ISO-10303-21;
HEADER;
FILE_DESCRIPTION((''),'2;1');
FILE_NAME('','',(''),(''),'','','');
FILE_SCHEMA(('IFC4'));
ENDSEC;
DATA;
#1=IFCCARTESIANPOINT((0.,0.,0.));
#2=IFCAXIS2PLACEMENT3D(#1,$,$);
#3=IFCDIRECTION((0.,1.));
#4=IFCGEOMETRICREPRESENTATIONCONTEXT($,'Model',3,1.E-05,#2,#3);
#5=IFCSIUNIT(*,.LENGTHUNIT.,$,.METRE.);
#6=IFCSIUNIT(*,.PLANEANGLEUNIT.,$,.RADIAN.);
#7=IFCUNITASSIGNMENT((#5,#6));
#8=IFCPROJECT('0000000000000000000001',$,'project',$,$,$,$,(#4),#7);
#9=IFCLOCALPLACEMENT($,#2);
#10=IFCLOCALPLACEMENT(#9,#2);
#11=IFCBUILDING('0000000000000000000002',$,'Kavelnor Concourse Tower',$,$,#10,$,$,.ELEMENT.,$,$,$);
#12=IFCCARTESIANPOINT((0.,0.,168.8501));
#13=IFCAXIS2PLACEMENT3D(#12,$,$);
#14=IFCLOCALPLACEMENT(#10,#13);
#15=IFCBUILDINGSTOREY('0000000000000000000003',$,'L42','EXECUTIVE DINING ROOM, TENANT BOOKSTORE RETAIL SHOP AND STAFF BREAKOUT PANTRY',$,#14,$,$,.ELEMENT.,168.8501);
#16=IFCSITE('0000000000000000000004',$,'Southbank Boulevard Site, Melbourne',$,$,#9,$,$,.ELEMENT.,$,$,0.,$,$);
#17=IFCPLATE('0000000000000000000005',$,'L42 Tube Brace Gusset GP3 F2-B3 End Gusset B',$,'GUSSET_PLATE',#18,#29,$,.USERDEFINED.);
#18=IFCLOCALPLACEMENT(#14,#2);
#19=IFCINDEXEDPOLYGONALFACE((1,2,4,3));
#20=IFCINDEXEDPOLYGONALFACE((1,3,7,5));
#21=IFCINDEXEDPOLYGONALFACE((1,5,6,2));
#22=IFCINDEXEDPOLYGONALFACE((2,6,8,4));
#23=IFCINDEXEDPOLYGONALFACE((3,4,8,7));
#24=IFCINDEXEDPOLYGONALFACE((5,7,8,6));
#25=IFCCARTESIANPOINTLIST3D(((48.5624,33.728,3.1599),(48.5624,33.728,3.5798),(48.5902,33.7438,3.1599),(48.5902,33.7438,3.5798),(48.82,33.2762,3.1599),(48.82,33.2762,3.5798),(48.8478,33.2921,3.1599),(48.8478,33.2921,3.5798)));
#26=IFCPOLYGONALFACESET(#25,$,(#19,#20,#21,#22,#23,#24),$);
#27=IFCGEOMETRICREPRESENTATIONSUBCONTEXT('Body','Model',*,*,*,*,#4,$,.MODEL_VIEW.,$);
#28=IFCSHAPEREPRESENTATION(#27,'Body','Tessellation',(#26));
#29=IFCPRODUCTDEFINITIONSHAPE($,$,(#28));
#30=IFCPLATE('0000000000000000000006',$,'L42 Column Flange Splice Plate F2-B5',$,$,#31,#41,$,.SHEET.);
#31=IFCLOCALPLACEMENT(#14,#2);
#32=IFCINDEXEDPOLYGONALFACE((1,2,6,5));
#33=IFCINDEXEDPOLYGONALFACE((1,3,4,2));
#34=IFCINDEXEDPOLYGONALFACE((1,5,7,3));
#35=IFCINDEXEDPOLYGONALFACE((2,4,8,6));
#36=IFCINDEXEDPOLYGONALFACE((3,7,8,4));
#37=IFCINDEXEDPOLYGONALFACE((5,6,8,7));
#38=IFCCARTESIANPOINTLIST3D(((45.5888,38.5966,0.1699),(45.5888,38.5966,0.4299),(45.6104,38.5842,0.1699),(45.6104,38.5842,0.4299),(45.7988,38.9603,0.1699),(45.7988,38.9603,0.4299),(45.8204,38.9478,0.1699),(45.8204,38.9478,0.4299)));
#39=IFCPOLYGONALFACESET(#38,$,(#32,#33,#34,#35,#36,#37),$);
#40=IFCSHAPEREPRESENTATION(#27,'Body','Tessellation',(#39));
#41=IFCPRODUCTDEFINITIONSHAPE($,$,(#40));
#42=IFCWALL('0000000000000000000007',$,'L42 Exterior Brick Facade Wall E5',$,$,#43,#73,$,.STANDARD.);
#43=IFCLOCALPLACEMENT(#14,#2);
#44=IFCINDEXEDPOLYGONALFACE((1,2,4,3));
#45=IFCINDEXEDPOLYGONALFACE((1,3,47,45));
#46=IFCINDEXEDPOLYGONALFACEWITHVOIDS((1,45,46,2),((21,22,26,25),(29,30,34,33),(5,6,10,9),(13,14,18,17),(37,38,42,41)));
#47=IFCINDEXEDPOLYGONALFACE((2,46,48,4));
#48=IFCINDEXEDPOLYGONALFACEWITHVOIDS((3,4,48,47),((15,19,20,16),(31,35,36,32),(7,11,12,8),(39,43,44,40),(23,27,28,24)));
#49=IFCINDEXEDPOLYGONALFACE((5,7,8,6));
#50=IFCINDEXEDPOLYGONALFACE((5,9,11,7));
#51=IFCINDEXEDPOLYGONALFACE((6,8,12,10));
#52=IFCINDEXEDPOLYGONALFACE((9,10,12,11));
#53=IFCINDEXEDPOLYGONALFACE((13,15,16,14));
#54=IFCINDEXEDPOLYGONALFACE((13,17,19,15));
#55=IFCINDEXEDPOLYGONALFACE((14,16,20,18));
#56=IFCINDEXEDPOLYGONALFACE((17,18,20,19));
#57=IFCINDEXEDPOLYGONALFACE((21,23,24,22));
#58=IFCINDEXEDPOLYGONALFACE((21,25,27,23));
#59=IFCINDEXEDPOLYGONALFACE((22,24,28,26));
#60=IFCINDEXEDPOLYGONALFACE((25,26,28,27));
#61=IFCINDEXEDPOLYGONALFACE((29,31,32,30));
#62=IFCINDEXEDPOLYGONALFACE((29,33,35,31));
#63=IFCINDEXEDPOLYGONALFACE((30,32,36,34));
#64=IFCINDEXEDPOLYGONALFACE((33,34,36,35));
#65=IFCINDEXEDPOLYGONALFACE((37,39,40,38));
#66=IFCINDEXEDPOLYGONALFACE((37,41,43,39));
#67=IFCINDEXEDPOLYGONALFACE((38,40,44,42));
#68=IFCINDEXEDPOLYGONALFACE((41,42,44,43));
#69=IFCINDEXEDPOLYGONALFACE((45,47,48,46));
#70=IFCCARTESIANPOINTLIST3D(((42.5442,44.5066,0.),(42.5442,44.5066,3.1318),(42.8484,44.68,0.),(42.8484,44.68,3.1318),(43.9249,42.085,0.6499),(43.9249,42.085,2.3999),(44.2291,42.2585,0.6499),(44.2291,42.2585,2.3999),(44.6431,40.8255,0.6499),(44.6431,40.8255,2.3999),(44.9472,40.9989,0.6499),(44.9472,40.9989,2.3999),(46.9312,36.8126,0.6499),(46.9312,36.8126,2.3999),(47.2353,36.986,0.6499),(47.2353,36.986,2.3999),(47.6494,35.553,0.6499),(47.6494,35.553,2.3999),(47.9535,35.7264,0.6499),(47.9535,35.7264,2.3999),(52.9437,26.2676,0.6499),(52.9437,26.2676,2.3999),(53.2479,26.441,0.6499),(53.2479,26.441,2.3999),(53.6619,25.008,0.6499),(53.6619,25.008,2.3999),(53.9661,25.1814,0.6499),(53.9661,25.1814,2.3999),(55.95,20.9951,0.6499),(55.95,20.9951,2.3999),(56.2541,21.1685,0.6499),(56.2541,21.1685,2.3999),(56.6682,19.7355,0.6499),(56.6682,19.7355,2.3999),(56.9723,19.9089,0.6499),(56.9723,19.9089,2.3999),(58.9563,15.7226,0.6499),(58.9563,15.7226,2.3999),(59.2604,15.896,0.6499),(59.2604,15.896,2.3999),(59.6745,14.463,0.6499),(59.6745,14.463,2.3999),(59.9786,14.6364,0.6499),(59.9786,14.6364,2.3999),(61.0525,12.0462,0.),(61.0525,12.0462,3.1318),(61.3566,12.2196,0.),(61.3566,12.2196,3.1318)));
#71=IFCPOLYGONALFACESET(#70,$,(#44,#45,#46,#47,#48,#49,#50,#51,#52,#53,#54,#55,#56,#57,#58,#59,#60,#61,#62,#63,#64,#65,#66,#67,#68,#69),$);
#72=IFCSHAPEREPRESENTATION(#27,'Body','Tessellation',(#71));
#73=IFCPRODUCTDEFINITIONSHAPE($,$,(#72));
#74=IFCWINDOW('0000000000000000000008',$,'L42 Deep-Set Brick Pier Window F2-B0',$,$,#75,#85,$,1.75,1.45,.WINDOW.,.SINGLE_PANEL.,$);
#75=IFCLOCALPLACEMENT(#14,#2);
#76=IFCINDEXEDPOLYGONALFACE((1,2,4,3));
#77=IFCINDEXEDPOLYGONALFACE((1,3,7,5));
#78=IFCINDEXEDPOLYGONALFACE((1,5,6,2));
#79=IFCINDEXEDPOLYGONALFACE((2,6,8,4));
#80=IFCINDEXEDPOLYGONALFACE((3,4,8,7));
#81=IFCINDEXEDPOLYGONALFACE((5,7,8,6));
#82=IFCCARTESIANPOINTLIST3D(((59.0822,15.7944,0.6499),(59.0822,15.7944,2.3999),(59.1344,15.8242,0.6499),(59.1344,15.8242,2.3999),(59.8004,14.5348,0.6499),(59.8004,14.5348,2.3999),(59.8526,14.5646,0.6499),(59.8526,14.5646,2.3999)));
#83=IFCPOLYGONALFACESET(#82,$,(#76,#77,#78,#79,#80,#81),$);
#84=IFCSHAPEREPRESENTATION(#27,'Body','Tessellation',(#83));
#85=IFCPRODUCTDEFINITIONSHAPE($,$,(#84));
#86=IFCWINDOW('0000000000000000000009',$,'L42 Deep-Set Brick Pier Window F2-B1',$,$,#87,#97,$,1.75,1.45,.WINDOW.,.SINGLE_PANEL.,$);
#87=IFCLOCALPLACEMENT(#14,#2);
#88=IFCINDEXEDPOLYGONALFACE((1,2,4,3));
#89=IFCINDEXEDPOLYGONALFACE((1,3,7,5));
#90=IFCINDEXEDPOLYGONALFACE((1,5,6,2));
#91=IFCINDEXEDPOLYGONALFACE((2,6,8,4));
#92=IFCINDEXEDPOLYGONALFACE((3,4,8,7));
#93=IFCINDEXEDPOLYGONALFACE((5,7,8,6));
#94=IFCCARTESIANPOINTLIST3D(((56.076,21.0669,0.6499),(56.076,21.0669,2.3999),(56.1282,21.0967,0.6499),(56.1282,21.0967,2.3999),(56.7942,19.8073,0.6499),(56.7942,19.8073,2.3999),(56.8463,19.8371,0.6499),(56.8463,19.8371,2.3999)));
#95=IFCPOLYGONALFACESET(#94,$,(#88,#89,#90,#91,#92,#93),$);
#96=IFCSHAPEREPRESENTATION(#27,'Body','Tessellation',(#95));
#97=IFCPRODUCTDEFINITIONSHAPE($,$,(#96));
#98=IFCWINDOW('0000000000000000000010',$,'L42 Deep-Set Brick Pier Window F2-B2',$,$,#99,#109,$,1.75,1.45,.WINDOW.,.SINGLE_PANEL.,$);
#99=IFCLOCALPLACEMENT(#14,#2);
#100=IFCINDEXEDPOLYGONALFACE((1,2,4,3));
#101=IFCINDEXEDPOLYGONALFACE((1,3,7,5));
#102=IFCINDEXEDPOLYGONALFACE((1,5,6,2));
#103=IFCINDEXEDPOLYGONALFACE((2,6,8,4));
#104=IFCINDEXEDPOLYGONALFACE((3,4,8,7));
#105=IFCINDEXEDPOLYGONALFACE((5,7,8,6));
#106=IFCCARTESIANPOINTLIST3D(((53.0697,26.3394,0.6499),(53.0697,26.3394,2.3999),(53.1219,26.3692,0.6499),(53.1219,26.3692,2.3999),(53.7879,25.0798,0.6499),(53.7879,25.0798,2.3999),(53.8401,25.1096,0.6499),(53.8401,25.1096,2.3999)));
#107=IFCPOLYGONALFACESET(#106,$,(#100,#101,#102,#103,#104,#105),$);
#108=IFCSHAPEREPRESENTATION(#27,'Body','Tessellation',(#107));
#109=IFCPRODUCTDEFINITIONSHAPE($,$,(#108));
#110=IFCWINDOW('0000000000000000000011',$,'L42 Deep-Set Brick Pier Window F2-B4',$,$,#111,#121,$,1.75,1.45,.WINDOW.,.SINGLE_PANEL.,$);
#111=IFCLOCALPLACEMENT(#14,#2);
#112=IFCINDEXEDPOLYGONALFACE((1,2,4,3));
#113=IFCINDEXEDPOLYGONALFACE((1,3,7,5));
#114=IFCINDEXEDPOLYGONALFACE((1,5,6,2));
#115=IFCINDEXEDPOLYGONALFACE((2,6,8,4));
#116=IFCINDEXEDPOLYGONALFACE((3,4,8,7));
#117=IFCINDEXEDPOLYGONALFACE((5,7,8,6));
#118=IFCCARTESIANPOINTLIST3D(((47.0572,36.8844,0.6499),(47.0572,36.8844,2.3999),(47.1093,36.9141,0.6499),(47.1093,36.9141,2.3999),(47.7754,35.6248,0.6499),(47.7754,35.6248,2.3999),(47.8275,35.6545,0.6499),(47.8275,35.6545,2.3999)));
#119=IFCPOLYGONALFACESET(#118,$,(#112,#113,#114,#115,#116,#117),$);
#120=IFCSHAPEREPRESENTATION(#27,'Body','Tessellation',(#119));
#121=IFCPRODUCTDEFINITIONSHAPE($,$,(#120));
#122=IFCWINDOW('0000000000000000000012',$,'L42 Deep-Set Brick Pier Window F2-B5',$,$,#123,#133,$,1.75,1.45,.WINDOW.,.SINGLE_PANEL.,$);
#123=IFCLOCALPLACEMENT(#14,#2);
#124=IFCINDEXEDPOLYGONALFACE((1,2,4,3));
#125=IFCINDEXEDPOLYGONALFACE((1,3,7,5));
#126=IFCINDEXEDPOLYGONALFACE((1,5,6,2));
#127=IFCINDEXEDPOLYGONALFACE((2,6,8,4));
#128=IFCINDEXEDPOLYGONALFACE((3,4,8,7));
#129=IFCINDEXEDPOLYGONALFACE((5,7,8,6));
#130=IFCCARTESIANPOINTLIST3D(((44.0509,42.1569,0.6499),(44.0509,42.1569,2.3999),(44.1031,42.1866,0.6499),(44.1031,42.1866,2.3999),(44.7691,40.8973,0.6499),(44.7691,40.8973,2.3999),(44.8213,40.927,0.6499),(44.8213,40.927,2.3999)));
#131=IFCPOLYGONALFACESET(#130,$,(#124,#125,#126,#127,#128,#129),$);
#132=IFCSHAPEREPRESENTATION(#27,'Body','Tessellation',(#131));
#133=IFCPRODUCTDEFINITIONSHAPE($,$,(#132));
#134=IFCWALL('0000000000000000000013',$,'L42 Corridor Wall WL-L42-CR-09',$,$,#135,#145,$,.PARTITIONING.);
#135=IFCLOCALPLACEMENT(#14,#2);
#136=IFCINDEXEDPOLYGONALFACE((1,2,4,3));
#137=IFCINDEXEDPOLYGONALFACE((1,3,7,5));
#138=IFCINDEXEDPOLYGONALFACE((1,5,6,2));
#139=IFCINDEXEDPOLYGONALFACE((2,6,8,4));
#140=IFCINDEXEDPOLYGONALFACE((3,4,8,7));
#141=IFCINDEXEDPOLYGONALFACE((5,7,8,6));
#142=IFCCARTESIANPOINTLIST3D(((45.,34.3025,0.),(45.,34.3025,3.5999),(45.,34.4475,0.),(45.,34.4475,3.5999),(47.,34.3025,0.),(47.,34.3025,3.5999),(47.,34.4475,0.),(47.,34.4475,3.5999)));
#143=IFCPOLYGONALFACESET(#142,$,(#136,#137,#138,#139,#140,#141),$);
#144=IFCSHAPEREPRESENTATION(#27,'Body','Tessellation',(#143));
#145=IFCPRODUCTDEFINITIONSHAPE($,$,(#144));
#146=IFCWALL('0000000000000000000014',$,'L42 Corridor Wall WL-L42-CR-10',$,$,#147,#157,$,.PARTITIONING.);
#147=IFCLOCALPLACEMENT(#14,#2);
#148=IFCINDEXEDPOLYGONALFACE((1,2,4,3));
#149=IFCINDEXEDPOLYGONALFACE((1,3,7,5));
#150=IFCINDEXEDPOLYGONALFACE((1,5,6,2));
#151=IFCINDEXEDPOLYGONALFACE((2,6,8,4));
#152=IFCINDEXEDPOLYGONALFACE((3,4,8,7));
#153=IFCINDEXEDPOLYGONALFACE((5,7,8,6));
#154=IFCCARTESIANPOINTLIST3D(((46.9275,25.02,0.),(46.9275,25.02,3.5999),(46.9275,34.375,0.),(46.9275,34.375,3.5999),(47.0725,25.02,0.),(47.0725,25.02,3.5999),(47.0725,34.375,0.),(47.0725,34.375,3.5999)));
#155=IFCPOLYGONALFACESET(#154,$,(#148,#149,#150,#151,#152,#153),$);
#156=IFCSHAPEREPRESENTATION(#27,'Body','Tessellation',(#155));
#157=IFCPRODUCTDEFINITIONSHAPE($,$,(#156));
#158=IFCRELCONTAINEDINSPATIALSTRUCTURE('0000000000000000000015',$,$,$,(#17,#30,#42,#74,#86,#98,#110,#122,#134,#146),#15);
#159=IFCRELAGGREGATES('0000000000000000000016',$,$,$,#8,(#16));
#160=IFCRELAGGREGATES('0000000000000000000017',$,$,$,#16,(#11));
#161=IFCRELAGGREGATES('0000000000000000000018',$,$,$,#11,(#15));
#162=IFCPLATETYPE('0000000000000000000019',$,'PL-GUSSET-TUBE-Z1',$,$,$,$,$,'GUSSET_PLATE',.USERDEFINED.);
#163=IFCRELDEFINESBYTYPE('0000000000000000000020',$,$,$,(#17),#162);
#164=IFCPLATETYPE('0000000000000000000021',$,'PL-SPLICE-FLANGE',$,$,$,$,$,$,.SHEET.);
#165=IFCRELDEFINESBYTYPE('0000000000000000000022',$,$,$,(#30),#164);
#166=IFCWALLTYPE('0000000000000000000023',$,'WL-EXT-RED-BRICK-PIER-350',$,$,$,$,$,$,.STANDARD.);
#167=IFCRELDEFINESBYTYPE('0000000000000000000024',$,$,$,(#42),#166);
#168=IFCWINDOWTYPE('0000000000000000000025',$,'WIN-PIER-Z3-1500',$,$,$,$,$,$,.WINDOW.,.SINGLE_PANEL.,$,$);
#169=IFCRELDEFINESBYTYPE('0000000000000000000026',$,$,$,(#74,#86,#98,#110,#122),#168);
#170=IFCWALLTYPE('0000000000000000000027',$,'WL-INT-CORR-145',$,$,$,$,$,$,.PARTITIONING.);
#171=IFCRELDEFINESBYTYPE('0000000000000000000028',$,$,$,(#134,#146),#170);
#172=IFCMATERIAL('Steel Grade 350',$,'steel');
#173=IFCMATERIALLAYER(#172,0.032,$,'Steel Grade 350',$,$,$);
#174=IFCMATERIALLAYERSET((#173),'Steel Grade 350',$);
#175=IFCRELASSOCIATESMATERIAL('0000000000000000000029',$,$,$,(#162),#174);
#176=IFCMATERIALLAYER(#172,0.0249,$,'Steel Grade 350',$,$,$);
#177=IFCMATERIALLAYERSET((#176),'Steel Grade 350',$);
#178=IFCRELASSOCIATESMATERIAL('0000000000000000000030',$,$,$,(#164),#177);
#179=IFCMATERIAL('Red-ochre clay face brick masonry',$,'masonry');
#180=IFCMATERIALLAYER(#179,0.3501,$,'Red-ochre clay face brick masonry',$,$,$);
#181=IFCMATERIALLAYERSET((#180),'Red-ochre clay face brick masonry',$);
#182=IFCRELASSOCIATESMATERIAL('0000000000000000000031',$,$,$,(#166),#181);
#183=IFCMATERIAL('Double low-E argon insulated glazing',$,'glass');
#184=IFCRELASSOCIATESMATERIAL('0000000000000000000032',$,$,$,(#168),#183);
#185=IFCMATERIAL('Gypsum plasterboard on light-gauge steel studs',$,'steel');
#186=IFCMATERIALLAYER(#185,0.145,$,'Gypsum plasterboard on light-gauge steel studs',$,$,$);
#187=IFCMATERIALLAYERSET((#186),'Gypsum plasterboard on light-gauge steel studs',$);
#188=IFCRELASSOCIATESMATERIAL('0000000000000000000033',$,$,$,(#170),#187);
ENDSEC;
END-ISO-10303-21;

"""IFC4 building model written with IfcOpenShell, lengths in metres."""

from ifc_helpers import new_model, si_unit, direction, frame, frame_2d, origin, origin_2d, place, context, subcontext, project, spatial, rectangle, extrude, material, layer, layer_set, type_object, element, fill, save


model = new_model("IFC4")

# Units and contexts
model_context = context("Model", 3, precision=1e-05, world=origin(), true_north=direction((0.0, 1.0)))
body_context = subcontext(model_context, "Body", "Model", "MODEL_VIEW")
ifc_project = project(units=[si_unit("LENGTHUNIT", "METRE"), si_unit("PLANEANGLEUNIT", "RADIAN")], contexts=[model_context])

# Site, building, storey
site_placement = place(None, origin())
site = spatial("IfcSite", under=ifc_project, at=site_placement, Name="Southbank Boulevard Site, Melbourne", CompositionType="ELEMENT", RefElevation=0.0)
building_placement = place(site_placement, origin())
building = spatial("IfcBuilding", under=site, at=building_placement, Name="Kavelnor Concourse Tower", CompositionType="ELEMENT")
storey_placement = place(building_placement, frame((0.0, 0.0, 168.8501)))
storey = spatial("IfcBuildingStorey", under=building, at=storey_placement, Name="L42", Description="EXECUTIVE DINING ROOM, TENANT BOOKSTORE RETAIL SHOP AND STAFF BREAKOUT PANTRY", CompositionType="ELEMENT", Elevation=168.8501)

# Shared definitions
ifc_material_1 = material(Name="Steel Grade 350", Category="steel")

# Plates
ifc_layer_1 = layer(ifc_material_1, 0.032, Name="Steel Grade 350")
ifc_layer_set_1 = layer_set([ifc_layer_1], Name="Steel Grade 350")
plate_type_1 = type_object("IfcPlateType", Name="PL-GUSSET-TUBE-Z1", ElementType="GUSSET_PLATE", PredefinedType="USERDEFINED", material=ifc_layer_set_1)
plate_1_placement = place(storey_placement, frame((48.7051, 33.51, 3.1599), z_axis=(0.0, 0.0, 1.0), x_axis=(-0.495307, 0.868718, 0.0)))
element("IfcPlate", 1, at=plate_1_placement, inside=storey, type_object=plate_type_1, Name="L42 Tube Brace Gusset GP3 F2-B3 End Gusset B", ObjectType="GUSSET_PLATE", PredefinedType="USERDEFINED", context=body_context, shape_type="SweptSolid", body=[
    extrude(rectangle(XDim=0.52, YDim=0.032, at=origin_2d()), origin(), (0.0, 0.0, 1.0), 0.4199),
])
ifc_layer_2 = layer(ifc_material_1, 0.0249, Name="Steel Grade 350")
ifc_layer_set_2 = layer_set([ifc_layer_2], Name="Steel Grade 350")
plate_type_2 = type_object("IfcPlateType", Name="PL-SPLICE-FLANGE", PredefinedType="SHEET", material=ifc_layer_set_2)
plate_2_placement = place(storey_placement, frame((45.7046, 38.7722, 0.1699), z_axis=(0.0, 0.0, 1.0), x_axis=(-0.5, -0.866025, 0.0)))
element("IfcPlate", 2, at=plate_2_placement, inside=storey, type_object=plate_type_2, Name="L42 Column Flange Splice Plate F2-B5", PredefinedType="SHEET", context=body_context, shape_type="SweptSolid", body=[
    extrude(rectangle(XDim=0.4199, YDim=0.0249, at=origin_2d()), origin(), (0.0, 0.0, 1.0), 0.26),
])

# Wall, openings, windows
ifc_material_2 = material(Name="Red-ochre clay face brick masonry", Category="masonry")
ifc_layer_3 = layer(ifc_material_2, 0.3501, Name="Red-ochre clay face brick masonry")
ifc_layer_set_3 = layer_set([ifc_layer_3], Name="Red-ochre clay face brick masonry")
wall_type_1 = type_object("IfcWallType", Name="WL-EXT-RED-BRICK-PIER-350", PredefinedType="STANDARD", material=ifc_layer_set_3)
wall_1_placement = place(storey_placement, frame((42.6963, 44.5933, 0.0), z_axis=(0.0, 0.0, 1.0), x_axis=(0.495321, -0.86871, 0.0)))
wall_1 = element("IfcWall", 3, at=wall_1_placement, inside=storey, type_object=wall_type_1, Name="L42 Exterior Brick Facade Wall E5", PredefinedType="STANDARD", context=body_context, shape_type="SweptSolid", body=[
    extrude(rectangle(XDim=37.3662, YDim=0.3501, at=frame_2d((18.6831, 0.0))), origin(), (0.0, 0.0, 1.0), 3.1318),
])
opening_1_placement = place(wall_1_placement, frame((33.134, 0.0, 0.6499)))
opening_1 = element("IfcOpeningElement", 4, at=opening_1_placement, cuts=wall_1, PredefinedType="OPENING", context=body_context, shape_type="SweptSolid", body=[
    extrude(rectangle(XDim=1.45, YDim=1.75, at=frame_2d((0.7251, 0.875))), frame((0.0, 0.1851, 0.0), z_axis=(0.0, -1.0, 0.0), x_axis=(1.0, 0.0, 0.0)), (0.0, 0.0, 1.0), 0.3701),
])
opening_2_placement = place(wall_1_placement, frame((27.0647, 0.0, 0.6499)))
opening_2 = element("IfcOpeningElement", 5, at=opening_2_placement, cuts=wall_1, PredefinedType="OPENING", context=body_context, shape_type="SweptSolid", body=[
    extrude(rectangle(XDim=1.45, YDim=1.75, at=frame_2d((0.7251, 0.875))), frame((0.0, 0.1851, 0.0), z_axis=(0.0, -1.0, 0.0), x_axis=(1.0, 0.0, 0.0)), (0.0, 0.0, 1.0), 0.3701),
])
opening_3_placement = place(wall_1_placement, frame((20.9954, 0.0, 0.6499)))
opening_3 = element("IfcOpeningElement", 6, at=opening_3_placement, cuts=wall_1, PredefinedType="OPENING", context=body_context, shape_type="SweptSolid", body=[
    extrude(rectangle(XDim=1.45, YDim=1.75, at=frame_2d((0.7251, 0.875))), frame((0.0, 0.1851, 0.0), z_axis=(0.0, -1.0, 0.0), x_axis=(1.0, 0.0, 0.0)), (0.0, 0.0, 1.0), 0.3701),
])
opening_4_placement = place(wall_1_placement, frame((8.8567, 0.0, 0.6499)))
opening_4 = element("IfcOpeningElement", 7, at=opening_4_placement, cuts=wall_1, PredefinedType="OPENING", context=body_context, shape_type="SweptSolid", body=[
    extrude(rectangle(XDim=1.45, YDim=1.75, at=frame_2d((0.7251, 0.875))), frame((0.0, 0.1851, 0.0), z_axis=(0.0, -1.0, 0.0), x_axis=(1.0, 0.0, 0.0)), (0.0, 0.0, 1.0), 0.3701),
])
opening_5_placement = place(wall_1_placement, frame((2.7874, 0.0, 0.6499)))
opening_5 = element("IfcOpeningElement", 8, at=opening_5_placement, cuts=wall_1, PredefinedType="OPENING", context=body_context, shape_type="SweptSolid", body=[
    extrude(rectangle(XDim=1.45, YDim=1.75, at=frame_2d((0.7251, 0.875))), frame((0.0, 0.1851, 0.0), z_axis=(0.0, -1.0, 0.0), x_axis=(1.0, 0.0, 0.0)), (0.0, 0.0, 1.0), 0.3701),
])
ifc_material_3 = material(Name="Double low-E argon insulated glazing", Category="glass")
window_type = type_object("IfcWindowType", Name="WIN-PIER-Z3-1500", PartitioningType="SINGLE_PANEL", PredefinedType="WINDOW", material=ifc_material_3)
window_1_placement = place(opening_1_placement, origin())
window_1 = element("IfcWindow", 9, at=window_1_placement, inside=storey, type_object=window_type, Name="L42 Deep-Set Brick Pier Window F2-B0", OverallHeight=1.75, OverallWidth=1.45, PartitioningType="SINGLE_PANEL", PredefinedType="WINDOW", context=body_context, shape_type="SweptSolid", body=[
    extrude(rectangle(XDim=1.45, YDim=1.75, at=frame_2d((0.7251, 0.875))), frame((0.0, 0.03, 0.0), z_axis=(0.0, -1.0, 0.0), x_axis=(1.0, 0.0, 0.0)), (0.0, 0.0, 1.0), 0.0601),
])
fill(opening_1, window_1)
window_2_placement = place(opening_2_placement, origin())
window_2 = element("IfcWindow", 10, at=window_2_placement, inside=storey, type_object=window_type, Name="L42 Deep-Set Brick Pier Window F2-B1", OverallHeight=1.75, OverallWidth=1.45, PartitioningType="SINGLE_PANEL", PredefinedType="WINDOW", context=body_context, shape_type="SweptSolid", body=[
    extrude(rectangle(XDim=1.45, YDim=1.75, at=frame_2d((0.7251, 0.875))), frame((0.0, 0.03, 0.0), z_axis=(0.0, -1.0, 0.0), x_axis=(1.0, 0.0, 0.0)), (0.0, 0.0, 1.0), 0.0601),
])
fill(opening_2, window_2)
window_3_placement = place(opening_3_placement, origin())
window_3 = element("IfcWindow", 11, at=window_3_placement, inside=storey, type_object=window_type, Name="L42 Deep-Set Brick Pier Window F2-B2", OverallHeight=1.75, OverallWidth=1.45, PartitioningType="SINGLE_PANEL", PredefinedType="WINDOW", context=body_context, shape_type="SweptSolid", body=[
    extrude(rectangle(XDim=1.45, YDim=1.75, at=frame_2d((0.7251, 0.875))), frame((0.0, 0.03, 0.0), z_axis=(0.0, -1.0, 0.0), x_axis=(1.0, 0.0, 0.0)), (0.0, 0.0, 1.0), 0.0601),
])
fill(opening_3, window_3)
window_4_placement = place(opening_4_placement, origin())
window_4 = element("IfcWindow", 12, at=window_4_placement, inside=storey, type_object=window_type, Name="L42 Deep-Set Brick Pier Window F2-B4", OverallHeight=1.75, OverallWidth=1.45, PartitioningType="SINGLE_PANEL", PredefinedType="WINDOW", context=body_context, shape_type="SweptSolid", body=[
    extrude(rectangle(XDim=1.45, YDim=1.75, at=frame_2d((0.7251, 0.875))), frame((0.0, 0.03, 0.0), z_axis=(0.0, -1.0, 0.0), x_axis=(1.0, 0.0, 0.0)), (0.0, 0.0, 1.0), 0.0601),
])
fill(opening_4, window_4)
window_5_placement = place(opening_5_placement, origin())
window_5 = element("IfcWindow", 13, at=window_5_placement, inside=storey, type_object=window_type, Name="L42 Deep-Set Brick Pier Window F2-B5", OverallHeight=1.75, OverallWidth=1.45, PartitioningType="SINGLE_PANEL", PredefinedType="WINDOW", context=body_context, shape_type="SweptSolid", body=[
    extrude(rectangle(XDim=1.45, YDim=1.75, at=frame_2d((0.7251, 0.875))), frame((0.0, 0.03, 0.0), z_axis=(0.0, -1.0, 0.0), x_axis=(1.0, 0.0, 0.0)), (0.0, 0.0, 1.0), 0.0601),
])
fill(opening_5, window_5)

# Walls
ifc_material_4 = material(Name="Gypsum plasterboard on light-gauge steel studs", Category="steel")
ifc_layer_4 = layer(ifc_material_4, 0.145, Name="Gypsum plasterboard on light-gauge steel studs")
ifc_layer_set_4 = layer_set([ifc_layer_4], Name="Gypsum plasterboard on light-gauge steel studs")
wall_type_2 = type_object("IfcWallType", Name="WL-INT-CORR-145", PredefinedType="PARTITIONING", material=ifc_layer_set_4)
wall_2_placement = place(storey_placement, frame((45.0, 34.375, 0.0), z_axis=(0.0, 0.0, 1.0), x_axis=(1.0, 0.0, 0.0)))
element("IfcWall", 14, at=wall_2_placement, inside=storey, type_object=wall_type_2, Name="L42 Corridor Wall WL-L42-CR-09", PredefinedType="PARTITIONING", context=body_context, shape_type="SweptSolid", body=[
    extrude(rectangle(XDim=2.0, YDim=0.145, at=frame_2d((1.0, 0.0))), origin(), (0.0, 0.0, 1.0), 3.5999),
])
wall_3_placement = place(storey_placement, frame((47.0, 34.375, 0.0), z_axis=(0.0, 0.0, 1.0), x_axis=(0.0, -1.0, 0.0)))
element("IfcWall", 15, at=wall_3_placement, inside=storey, type_object=wall_type_2, Name="L42 Corridor Wall WL-L42-CR-10", PredefinedType="PARTITIONING", context=body_context, shape_type="SweptSolid", body=[
    extrude(rectangle(XDim=9.355, YDim=0.145, at=frame_2d((4.6775, 0.0))), origin(), (0.0, 0.0, 1.0), 3.5999),
])

save(model, "model.ifc")
